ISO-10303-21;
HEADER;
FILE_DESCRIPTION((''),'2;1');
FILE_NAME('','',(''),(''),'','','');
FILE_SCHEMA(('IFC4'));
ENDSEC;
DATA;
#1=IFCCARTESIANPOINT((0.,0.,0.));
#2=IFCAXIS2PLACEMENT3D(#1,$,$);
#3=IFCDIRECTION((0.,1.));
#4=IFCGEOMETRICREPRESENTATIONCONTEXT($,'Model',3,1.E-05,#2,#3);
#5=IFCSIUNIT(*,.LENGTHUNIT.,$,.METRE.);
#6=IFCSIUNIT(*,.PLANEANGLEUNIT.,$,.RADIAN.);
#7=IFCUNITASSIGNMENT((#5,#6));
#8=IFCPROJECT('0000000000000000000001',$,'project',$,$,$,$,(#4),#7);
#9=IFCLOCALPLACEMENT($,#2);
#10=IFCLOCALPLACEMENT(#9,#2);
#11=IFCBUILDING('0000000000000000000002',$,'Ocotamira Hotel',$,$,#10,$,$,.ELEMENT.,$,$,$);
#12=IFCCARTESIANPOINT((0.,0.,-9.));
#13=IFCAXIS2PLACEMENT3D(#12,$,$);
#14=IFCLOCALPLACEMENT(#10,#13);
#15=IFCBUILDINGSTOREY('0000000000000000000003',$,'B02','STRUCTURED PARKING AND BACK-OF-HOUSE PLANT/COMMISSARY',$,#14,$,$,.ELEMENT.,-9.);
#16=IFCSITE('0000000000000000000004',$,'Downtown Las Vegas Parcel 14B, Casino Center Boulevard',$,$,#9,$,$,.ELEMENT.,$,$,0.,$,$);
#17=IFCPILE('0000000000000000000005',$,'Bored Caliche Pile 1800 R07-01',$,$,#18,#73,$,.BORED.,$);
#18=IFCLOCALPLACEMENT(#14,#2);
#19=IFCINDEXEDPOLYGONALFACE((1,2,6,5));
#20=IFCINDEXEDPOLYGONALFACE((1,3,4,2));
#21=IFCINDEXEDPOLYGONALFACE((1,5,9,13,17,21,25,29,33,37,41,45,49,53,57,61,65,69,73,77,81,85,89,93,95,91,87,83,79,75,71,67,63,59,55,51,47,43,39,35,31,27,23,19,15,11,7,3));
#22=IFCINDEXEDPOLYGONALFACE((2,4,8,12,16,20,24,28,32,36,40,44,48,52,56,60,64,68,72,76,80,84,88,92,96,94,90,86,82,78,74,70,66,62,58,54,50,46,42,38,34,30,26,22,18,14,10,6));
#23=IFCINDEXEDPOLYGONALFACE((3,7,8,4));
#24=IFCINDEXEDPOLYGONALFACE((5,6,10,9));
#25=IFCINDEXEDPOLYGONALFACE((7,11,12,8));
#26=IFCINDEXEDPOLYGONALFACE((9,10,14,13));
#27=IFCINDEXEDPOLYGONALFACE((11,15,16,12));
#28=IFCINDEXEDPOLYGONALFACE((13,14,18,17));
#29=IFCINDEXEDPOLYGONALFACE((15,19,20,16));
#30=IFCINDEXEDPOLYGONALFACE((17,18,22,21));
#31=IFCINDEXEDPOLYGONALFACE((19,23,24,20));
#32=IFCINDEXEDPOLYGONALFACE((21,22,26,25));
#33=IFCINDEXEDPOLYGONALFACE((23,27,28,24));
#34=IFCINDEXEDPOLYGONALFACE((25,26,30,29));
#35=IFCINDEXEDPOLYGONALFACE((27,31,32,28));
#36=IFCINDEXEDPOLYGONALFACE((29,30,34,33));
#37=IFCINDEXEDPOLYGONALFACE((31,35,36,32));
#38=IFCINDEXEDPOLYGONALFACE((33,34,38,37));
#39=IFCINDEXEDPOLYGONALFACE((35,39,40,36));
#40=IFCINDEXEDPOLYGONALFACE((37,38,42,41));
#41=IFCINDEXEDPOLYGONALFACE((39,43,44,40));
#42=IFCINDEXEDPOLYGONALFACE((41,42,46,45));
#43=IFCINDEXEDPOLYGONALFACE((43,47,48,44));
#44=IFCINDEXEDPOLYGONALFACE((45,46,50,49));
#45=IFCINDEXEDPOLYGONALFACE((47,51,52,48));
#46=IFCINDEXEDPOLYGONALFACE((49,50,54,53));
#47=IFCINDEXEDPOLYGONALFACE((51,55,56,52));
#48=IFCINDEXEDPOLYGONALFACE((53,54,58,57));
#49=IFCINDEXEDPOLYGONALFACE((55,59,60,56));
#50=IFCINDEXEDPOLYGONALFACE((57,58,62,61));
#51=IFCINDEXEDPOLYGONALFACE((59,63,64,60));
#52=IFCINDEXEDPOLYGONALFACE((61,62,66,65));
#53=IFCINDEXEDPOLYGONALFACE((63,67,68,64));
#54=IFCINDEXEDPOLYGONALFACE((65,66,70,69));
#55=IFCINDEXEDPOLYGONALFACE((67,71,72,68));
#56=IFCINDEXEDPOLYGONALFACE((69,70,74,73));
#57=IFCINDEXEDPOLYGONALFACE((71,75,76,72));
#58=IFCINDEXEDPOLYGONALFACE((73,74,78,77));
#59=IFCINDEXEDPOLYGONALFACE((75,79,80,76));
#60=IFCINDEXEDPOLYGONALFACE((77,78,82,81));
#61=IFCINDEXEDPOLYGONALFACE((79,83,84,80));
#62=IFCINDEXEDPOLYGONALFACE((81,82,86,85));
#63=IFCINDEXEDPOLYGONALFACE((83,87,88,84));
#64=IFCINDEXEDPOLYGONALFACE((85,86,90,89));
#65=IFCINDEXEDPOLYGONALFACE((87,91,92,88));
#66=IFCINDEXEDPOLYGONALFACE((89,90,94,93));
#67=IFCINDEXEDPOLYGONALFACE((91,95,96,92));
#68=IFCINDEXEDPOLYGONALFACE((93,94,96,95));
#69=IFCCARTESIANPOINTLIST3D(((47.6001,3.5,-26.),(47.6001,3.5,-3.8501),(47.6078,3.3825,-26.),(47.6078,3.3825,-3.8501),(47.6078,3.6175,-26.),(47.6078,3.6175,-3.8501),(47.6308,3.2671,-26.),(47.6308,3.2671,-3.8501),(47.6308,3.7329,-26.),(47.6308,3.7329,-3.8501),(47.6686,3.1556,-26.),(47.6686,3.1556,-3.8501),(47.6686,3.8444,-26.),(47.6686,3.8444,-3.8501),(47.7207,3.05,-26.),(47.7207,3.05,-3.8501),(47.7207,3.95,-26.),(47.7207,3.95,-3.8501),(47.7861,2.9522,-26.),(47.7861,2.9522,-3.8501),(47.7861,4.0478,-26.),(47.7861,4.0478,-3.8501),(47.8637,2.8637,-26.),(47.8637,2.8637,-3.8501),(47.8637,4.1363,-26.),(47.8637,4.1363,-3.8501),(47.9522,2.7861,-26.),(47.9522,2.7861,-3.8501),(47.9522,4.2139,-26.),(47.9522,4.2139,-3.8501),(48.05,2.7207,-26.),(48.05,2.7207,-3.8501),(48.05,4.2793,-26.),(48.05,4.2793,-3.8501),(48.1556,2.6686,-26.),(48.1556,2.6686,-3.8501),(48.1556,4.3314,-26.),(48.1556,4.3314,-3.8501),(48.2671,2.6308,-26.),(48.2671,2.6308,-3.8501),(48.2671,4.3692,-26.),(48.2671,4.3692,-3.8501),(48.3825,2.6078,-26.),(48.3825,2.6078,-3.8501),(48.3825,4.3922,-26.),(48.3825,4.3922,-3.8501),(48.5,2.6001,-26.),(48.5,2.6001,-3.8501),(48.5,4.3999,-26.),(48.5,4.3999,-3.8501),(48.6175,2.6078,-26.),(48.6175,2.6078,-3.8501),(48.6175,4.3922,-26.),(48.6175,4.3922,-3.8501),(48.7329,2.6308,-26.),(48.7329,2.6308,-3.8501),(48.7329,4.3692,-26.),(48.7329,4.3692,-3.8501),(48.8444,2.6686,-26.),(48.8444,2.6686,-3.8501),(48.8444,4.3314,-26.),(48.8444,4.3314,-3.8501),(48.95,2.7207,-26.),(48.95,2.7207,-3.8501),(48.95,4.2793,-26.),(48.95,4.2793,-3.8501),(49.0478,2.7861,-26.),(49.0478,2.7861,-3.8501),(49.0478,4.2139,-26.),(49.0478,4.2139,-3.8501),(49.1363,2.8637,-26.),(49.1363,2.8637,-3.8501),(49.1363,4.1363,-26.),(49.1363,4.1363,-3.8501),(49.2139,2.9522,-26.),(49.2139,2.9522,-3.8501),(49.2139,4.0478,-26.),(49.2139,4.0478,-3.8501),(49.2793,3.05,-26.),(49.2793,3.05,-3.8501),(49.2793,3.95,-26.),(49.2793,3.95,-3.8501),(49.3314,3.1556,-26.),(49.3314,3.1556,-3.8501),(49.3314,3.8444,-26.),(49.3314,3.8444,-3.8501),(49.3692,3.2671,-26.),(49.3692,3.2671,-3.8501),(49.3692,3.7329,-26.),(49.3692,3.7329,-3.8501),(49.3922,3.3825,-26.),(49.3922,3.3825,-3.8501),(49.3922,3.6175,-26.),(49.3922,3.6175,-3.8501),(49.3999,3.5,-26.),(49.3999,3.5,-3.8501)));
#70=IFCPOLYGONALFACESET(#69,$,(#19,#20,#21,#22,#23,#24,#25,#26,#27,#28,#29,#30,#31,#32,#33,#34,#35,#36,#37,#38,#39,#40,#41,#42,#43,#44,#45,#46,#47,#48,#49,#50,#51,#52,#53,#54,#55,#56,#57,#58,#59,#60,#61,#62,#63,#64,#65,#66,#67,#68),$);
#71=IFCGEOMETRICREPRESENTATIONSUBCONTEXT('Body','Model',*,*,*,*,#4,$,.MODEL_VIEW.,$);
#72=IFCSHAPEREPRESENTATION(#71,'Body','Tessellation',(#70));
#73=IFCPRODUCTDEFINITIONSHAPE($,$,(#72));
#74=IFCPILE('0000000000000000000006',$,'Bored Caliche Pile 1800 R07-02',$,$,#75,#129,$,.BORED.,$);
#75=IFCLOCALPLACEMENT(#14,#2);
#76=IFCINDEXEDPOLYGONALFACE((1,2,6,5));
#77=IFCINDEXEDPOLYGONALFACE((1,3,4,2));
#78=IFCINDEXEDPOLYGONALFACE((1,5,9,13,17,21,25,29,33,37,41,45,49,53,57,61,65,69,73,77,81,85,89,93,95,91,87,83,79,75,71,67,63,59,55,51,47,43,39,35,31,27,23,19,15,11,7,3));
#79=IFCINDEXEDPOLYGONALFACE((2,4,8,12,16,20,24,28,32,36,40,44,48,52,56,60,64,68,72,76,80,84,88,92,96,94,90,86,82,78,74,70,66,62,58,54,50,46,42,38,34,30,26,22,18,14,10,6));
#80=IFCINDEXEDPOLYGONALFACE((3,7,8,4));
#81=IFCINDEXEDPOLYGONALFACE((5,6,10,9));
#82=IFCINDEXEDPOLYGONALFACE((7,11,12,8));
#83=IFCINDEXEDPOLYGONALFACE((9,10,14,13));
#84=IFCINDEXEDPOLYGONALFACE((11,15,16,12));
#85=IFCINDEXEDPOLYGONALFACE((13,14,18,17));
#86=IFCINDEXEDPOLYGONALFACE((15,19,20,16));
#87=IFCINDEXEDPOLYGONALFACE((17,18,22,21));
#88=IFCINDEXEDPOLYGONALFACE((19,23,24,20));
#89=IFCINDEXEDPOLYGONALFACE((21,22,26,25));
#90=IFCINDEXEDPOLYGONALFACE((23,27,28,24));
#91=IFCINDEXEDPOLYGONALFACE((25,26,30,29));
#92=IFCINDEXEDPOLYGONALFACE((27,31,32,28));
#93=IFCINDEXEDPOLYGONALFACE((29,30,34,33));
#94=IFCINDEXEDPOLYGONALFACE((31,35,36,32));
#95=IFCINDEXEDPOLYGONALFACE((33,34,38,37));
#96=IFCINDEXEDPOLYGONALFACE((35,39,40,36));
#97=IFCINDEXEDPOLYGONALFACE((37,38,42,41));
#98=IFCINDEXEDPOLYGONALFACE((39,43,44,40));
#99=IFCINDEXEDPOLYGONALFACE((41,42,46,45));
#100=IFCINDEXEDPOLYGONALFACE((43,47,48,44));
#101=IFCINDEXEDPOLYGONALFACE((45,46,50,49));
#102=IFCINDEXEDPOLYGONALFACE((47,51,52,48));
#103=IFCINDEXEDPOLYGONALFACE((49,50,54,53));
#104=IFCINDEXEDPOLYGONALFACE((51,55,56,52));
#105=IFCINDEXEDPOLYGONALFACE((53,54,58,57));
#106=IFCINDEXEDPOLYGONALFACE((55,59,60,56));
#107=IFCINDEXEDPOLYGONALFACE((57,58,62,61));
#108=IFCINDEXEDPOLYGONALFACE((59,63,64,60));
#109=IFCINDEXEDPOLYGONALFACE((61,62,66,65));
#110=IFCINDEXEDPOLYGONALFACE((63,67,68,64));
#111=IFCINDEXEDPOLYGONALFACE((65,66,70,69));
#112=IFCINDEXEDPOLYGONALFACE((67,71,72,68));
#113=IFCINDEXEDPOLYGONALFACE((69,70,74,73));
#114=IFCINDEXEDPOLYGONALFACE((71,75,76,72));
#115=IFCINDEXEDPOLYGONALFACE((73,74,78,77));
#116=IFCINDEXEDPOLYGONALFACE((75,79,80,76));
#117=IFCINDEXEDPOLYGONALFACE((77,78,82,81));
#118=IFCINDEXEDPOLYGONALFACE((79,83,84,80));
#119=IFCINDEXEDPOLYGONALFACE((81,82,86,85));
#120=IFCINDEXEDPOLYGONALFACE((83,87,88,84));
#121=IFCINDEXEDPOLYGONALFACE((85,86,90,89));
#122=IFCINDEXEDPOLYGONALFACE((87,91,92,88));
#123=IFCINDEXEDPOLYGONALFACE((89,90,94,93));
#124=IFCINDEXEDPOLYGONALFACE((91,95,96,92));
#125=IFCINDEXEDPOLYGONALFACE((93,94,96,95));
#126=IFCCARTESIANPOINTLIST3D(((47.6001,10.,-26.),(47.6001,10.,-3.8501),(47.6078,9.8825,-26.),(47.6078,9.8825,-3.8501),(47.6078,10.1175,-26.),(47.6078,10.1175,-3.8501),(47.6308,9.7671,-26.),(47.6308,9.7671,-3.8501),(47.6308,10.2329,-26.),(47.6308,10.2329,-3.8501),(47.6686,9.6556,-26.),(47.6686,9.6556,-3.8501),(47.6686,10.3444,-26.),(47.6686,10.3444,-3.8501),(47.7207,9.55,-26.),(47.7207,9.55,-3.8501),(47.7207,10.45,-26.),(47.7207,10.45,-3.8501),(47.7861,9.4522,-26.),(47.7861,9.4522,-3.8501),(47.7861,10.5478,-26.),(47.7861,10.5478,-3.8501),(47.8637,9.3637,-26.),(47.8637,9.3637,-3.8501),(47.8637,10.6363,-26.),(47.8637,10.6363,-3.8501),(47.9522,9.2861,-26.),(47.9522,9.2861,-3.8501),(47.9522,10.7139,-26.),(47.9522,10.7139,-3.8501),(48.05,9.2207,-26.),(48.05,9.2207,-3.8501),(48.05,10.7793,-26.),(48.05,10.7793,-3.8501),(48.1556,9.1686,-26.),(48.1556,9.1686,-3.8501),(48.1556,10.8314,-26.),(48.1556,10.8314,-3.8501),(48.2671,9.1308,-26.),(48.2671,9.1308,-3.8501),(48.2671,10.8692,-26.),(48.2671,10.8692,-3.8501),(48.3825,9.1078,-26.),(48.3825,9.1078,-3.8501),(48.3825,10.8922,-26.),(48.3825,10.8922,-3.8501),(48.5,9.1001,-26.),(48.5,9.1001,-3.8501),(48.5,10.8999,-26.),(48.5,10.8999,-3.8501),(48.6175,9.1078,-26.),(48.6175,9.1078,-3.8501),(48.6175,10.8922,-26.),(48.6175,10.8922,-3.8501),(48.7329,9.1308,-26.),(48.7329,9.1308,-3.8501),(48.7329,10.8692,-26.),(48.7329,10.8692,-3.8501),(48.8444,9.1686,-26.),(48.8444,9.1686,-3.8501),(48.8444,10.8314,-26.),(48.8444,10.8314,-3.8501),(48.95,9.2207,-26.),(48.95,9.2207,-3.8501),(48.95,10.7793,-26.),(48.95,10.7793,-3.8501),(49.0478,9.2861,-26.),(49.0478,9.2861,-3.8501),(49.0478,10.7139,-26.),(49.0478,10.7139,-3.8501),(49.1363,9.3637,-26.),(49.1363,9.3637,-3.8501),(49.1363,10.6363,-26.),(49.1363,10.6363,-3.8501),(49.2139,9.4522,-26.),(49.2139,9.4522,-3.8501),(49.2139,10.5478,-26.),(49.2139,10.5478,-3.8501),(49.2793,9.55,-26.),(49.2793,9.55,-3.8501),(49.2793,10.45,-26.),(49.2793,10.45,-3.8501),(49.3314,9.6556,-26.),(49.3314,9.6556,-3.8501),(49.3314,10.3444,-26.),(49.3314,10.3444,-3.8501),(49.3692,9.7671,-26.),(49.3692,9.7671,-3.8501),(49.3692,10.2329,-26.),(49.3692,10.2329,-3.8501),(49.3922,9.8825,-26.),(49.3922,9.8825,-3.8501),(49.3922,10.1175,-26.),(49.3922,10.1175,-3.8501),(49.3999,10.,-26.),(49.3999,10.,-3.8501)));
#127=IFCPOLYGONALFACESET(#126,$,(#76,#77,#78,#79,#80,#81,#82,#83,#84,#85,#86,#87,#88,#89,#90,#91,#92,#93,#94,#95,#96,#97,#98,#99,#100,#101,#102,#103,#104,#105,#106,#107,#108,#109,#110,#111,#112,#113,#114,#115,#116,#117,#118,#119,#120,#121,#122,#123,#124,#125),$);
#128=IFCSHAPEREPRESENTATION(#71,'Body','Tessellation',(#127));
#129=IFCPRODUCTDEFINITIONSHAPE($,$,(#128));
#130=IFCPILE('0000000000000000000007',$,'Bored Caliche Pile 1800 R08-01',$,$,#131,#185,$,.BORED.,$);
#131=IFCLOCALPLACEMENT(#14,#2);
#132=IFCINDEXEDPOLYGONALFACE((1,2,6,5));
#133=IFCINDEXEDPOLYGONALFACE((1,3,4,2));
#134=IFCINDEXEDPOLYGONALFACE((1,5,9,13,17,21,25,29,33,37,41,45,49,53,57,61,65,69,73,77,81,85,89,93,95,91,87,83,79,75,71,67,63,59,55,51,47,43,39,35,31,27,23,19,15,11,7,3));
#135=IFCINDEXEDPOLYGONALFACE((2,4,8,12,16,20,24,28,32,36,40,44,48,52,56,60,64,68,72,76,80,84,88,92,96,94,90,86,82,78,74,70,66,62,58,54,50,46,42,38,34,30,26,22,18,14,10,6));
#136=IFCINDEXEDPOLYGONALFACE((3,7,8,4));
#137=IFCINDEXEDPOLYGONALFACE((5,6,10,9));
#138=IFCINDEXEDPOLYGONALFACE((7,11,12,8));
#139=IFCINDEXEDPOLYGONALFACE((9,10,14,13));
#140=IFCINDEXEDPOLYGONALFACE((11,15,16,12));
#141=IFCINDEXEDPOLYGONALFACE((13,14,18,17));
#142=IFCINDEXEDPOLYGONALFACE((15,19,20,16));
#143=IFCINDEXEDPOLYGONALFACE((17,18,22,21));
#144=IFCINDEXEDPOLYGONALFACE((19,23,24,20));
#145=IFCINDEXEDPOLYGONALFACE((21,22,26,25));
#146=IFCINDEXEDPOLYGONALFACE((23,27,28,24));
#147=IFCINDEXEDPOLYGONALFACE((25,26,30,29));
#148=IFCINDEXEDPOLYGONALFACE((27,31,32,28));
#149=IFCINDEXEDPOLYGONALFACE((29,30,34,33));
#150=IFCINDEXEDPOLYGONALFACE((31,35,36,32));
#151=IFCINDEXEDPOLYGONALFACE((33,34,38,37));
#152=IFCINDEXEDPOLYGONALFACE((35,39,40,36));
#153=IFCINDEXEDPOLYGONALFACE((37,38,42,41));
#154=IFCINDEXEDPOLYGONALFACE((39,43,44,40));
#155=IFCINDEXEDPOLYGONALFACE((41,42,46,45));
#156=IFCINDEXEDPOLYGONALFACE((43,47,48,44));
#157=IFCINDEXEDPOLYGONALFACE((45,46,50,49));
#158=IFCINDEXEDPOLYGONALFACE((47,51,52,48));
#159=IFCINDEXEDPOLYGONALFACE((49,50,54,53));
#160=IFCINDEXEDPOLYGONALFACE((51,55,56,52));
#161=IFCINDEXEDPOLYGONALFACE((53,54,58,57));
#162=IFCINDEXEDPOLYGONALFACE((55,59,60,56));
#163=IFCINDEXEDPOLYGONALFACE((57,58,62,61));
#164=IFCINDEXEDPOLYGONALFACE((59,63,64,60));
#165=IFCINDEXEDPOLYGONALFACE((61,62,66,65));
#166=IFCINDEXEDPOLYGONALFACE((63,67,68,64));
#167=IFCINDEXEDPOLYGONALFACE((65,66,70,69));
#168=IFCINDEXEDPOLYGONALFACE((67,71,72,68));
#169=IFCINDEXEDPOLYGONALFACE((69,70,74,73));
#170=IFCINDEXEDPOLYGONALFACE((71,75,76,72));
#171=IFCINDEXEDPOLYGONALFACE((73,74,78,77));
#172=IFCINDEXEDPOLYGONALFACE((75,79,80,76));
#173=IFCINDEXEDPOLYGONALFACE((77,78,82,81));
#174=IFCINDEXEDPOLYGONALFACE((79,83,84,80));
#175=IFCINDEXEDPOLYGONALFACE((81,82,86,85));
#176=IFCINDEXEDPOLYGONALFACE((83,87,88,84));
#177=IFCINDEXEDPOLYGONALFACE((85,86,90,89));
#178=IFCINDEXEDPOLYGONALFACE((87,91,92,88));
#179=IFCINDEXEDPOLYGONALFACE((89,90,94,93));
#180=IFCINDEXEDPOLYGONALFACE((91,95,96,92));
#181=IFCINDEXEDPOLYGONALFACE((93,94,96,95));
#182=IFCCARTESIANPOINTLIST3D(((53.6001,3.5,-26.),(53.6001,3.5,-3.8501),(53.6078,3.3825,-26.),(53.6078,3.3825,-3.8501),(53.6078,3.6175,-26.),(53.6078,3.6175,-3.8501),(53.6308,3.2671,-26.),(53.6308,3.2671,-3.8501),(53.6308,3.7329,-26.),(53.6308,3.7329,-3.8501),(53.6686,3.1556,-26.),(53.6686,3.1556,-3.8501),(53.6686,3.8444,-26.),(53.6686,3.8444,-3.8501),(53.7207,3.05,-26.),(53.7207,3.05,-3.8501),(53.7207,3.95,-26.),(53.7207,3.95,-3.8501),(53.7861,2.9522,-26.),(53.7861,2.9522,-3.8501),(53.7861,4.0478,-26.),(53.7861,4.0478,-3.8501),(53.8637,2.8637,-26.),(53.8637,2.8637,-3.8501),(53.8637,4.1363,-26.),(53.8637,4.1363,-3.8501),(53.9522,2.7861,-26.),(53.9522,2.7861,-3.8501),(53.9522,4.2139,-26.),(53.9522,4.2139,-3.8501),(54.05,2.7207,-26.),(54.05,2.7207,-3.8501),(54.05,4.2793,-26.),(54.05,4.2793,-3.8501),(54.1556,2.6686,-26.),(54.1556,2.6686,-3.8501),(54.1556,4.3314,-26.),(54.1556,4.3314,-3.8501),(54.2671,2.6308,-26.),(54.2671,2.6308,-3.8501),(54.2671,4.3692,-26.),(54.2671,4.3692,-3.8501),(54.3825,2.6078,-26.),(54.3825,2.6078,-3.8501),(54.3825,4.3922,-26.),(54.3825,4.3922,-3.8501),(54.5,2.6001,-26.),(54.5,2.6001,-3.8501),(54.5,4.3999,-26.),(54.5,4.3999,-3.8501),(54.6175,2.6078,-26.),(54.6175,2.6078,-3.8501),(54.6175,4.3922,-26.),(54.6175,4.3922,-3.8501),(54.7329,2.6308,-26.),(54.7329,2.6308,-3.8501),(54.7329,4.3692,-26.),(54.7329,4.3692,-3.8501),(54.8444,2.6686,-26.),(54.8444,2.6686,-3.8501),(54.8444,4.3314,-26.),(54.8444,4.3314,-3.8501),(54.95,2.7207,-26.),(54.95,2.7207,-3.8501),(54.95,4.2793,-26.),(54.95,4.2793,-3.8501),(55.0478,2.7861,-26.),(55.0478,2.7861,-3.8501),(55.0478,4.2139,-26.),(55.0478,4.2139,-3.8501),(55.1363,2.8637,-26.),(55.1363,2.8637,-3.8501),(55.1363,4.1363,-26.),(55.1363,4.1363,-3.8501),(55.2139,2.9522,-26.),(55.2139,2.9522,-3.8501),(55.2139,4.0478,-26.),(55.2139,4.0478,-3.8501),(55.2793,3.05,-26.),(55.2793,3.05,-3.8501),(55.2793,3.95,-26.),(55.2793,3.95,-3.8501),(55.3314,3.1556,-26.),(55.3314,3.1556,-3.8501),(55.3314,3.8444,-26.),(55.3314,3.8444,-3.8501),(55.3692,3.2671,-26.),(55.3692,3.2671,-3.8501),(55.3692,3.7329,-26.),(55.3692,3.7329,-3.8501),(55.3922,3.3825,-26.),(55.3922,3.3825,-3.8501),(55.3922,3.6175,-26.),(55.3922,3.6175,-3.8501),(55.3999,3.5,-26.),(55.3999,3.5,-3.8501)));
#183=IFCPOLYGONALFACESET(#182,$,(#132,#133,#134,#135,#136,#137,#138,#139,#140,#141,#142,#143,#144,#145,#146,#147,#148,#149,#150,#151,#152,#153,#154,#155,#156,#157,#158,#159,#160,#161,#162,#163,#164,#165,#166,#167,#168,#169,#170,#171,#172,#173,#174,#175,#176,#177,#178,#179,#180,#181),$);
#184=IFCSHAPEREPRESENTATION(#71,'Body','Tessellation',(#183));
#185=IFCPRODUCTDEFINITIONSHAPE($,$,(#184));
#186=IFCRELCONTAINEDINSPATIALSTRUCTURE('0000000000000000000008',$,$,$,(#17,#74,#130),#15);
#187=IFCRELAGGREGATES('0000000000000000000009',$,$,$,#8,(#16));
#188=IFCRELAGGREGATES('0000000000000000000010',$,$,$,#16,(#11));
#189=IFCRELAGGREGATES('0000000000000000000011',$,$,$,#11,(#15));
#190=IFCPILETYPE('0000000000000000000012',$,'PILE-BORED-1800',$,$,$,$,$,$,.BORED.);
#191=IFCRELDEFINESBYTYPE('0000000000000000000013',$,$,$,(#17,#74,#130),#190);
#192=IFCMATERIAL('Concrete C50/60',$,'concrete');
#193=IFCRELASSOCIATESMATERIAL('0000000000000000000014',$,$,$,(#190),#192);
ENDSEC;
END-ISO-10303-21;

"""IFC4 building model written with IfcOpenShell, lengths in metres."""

from ifc_helpers import new_model, si_unit, direction, frame, origin, origin_2d, place, context, subcontext, project, spatial, circle, extrude, source, transform, mapped, material, material_profile, profile_set, type_object, element, save


model = new_model("IFC4")

# Units and contexts
model_context = context("Model", 3, precision=1e-05, world=origin(), true_north=direction((0.0, 1.0)))
body_context = subcontext(model_context, "Body", "Model", "MODEL_VIEW")
ifc_project = project(units=[si_unit("LENGTHUNIT", "METRE"), si_unit("PLANEANGLEUNIT", "RADIAN")], contexts=[model_context])

# Site, building, storey
site_placement = place(None, origin())
site = spatial("IfcSite", under=ifc_project, at=site_placement, Name="Downtown Las Vegas Parcel 14B, Casino Center Boulevard", CompositionType="ELEMENT", RefElevation=0.0)
building_placement = place(site_placement, origin())
building = spatial("IfcBuilding", under=site, at=building_placement, Name="Ocotamira Hotel", CompositionType="ELEMENT")
storey_placement = place(building_placement, frame((0.0, 0.0, -9.0)))
storey = spatial("IfcBuildingStorey", under=building, at=storey_placement, Name="B02", Description="STRUCTURED PARKING AND BACK-OF-HOUSE PLANT/COMMISSARY", CompositionType="ELEMENT", Elevation=-9.0)

# Piles
ifc_material_1 = material(Name="Concrete C50/60", Category="concrete")
ifc_material_profile_1 = material_profile(ifc_material_1, circle(Radius=0.8999, at=origin_2d()), Name="PILE1800")
ifc_profile_set_1 = profile_set([ifc_material_profile_1], Name="Concrete C50/60")
pile_type = type_object("IfcPileType", Name="PILE-BORED-1800", PredefinedType="BORED", material=ifc_profile_set_1)
shared_shape_1 = source(origin(), body_context, "Body", "SweptSolid", [
    extrude(circle(Radius=0.8999, at=origin_2d()), origin(), (0.0, 0.0, 1.0), 22.1499),
])
for number, where, z_axis, x_axis, name in (
    (1, (48.5, 3.5, -3.8501), (0.0, 0.0, -1.0), (1.0, 0.0, 0.0), "Bored Caliche Pile 1800 R07-01"),
    (2, (48.5, 10.0, -3.8501), (0.0, 0.0, -1.0), (1.0, 0.0, 0.0), "Bored Caliche Pile 1800 R07-02"),
    (3, (54.5, 3.5, -3.8501), (0.0, 0.0, -1.0), (1.0, 0.0, 0.0), "Bored Caliche Pile 1800 R08-01"),
):
    element("IfcPile", number, at=place(storey_placement, frame(where, z_axis=z_axis, x_axis=x_axis)), inside=storey, type_object=pile_type, Name=name, PredefinedType="BORED", context=body_context, shape_type="MappedRepresentation", body=[
        mapped(shared_shape_1, transform((0.0, 0.0, 0.0), scale=1.0)),
    ])

save(model, "model.ifc")
